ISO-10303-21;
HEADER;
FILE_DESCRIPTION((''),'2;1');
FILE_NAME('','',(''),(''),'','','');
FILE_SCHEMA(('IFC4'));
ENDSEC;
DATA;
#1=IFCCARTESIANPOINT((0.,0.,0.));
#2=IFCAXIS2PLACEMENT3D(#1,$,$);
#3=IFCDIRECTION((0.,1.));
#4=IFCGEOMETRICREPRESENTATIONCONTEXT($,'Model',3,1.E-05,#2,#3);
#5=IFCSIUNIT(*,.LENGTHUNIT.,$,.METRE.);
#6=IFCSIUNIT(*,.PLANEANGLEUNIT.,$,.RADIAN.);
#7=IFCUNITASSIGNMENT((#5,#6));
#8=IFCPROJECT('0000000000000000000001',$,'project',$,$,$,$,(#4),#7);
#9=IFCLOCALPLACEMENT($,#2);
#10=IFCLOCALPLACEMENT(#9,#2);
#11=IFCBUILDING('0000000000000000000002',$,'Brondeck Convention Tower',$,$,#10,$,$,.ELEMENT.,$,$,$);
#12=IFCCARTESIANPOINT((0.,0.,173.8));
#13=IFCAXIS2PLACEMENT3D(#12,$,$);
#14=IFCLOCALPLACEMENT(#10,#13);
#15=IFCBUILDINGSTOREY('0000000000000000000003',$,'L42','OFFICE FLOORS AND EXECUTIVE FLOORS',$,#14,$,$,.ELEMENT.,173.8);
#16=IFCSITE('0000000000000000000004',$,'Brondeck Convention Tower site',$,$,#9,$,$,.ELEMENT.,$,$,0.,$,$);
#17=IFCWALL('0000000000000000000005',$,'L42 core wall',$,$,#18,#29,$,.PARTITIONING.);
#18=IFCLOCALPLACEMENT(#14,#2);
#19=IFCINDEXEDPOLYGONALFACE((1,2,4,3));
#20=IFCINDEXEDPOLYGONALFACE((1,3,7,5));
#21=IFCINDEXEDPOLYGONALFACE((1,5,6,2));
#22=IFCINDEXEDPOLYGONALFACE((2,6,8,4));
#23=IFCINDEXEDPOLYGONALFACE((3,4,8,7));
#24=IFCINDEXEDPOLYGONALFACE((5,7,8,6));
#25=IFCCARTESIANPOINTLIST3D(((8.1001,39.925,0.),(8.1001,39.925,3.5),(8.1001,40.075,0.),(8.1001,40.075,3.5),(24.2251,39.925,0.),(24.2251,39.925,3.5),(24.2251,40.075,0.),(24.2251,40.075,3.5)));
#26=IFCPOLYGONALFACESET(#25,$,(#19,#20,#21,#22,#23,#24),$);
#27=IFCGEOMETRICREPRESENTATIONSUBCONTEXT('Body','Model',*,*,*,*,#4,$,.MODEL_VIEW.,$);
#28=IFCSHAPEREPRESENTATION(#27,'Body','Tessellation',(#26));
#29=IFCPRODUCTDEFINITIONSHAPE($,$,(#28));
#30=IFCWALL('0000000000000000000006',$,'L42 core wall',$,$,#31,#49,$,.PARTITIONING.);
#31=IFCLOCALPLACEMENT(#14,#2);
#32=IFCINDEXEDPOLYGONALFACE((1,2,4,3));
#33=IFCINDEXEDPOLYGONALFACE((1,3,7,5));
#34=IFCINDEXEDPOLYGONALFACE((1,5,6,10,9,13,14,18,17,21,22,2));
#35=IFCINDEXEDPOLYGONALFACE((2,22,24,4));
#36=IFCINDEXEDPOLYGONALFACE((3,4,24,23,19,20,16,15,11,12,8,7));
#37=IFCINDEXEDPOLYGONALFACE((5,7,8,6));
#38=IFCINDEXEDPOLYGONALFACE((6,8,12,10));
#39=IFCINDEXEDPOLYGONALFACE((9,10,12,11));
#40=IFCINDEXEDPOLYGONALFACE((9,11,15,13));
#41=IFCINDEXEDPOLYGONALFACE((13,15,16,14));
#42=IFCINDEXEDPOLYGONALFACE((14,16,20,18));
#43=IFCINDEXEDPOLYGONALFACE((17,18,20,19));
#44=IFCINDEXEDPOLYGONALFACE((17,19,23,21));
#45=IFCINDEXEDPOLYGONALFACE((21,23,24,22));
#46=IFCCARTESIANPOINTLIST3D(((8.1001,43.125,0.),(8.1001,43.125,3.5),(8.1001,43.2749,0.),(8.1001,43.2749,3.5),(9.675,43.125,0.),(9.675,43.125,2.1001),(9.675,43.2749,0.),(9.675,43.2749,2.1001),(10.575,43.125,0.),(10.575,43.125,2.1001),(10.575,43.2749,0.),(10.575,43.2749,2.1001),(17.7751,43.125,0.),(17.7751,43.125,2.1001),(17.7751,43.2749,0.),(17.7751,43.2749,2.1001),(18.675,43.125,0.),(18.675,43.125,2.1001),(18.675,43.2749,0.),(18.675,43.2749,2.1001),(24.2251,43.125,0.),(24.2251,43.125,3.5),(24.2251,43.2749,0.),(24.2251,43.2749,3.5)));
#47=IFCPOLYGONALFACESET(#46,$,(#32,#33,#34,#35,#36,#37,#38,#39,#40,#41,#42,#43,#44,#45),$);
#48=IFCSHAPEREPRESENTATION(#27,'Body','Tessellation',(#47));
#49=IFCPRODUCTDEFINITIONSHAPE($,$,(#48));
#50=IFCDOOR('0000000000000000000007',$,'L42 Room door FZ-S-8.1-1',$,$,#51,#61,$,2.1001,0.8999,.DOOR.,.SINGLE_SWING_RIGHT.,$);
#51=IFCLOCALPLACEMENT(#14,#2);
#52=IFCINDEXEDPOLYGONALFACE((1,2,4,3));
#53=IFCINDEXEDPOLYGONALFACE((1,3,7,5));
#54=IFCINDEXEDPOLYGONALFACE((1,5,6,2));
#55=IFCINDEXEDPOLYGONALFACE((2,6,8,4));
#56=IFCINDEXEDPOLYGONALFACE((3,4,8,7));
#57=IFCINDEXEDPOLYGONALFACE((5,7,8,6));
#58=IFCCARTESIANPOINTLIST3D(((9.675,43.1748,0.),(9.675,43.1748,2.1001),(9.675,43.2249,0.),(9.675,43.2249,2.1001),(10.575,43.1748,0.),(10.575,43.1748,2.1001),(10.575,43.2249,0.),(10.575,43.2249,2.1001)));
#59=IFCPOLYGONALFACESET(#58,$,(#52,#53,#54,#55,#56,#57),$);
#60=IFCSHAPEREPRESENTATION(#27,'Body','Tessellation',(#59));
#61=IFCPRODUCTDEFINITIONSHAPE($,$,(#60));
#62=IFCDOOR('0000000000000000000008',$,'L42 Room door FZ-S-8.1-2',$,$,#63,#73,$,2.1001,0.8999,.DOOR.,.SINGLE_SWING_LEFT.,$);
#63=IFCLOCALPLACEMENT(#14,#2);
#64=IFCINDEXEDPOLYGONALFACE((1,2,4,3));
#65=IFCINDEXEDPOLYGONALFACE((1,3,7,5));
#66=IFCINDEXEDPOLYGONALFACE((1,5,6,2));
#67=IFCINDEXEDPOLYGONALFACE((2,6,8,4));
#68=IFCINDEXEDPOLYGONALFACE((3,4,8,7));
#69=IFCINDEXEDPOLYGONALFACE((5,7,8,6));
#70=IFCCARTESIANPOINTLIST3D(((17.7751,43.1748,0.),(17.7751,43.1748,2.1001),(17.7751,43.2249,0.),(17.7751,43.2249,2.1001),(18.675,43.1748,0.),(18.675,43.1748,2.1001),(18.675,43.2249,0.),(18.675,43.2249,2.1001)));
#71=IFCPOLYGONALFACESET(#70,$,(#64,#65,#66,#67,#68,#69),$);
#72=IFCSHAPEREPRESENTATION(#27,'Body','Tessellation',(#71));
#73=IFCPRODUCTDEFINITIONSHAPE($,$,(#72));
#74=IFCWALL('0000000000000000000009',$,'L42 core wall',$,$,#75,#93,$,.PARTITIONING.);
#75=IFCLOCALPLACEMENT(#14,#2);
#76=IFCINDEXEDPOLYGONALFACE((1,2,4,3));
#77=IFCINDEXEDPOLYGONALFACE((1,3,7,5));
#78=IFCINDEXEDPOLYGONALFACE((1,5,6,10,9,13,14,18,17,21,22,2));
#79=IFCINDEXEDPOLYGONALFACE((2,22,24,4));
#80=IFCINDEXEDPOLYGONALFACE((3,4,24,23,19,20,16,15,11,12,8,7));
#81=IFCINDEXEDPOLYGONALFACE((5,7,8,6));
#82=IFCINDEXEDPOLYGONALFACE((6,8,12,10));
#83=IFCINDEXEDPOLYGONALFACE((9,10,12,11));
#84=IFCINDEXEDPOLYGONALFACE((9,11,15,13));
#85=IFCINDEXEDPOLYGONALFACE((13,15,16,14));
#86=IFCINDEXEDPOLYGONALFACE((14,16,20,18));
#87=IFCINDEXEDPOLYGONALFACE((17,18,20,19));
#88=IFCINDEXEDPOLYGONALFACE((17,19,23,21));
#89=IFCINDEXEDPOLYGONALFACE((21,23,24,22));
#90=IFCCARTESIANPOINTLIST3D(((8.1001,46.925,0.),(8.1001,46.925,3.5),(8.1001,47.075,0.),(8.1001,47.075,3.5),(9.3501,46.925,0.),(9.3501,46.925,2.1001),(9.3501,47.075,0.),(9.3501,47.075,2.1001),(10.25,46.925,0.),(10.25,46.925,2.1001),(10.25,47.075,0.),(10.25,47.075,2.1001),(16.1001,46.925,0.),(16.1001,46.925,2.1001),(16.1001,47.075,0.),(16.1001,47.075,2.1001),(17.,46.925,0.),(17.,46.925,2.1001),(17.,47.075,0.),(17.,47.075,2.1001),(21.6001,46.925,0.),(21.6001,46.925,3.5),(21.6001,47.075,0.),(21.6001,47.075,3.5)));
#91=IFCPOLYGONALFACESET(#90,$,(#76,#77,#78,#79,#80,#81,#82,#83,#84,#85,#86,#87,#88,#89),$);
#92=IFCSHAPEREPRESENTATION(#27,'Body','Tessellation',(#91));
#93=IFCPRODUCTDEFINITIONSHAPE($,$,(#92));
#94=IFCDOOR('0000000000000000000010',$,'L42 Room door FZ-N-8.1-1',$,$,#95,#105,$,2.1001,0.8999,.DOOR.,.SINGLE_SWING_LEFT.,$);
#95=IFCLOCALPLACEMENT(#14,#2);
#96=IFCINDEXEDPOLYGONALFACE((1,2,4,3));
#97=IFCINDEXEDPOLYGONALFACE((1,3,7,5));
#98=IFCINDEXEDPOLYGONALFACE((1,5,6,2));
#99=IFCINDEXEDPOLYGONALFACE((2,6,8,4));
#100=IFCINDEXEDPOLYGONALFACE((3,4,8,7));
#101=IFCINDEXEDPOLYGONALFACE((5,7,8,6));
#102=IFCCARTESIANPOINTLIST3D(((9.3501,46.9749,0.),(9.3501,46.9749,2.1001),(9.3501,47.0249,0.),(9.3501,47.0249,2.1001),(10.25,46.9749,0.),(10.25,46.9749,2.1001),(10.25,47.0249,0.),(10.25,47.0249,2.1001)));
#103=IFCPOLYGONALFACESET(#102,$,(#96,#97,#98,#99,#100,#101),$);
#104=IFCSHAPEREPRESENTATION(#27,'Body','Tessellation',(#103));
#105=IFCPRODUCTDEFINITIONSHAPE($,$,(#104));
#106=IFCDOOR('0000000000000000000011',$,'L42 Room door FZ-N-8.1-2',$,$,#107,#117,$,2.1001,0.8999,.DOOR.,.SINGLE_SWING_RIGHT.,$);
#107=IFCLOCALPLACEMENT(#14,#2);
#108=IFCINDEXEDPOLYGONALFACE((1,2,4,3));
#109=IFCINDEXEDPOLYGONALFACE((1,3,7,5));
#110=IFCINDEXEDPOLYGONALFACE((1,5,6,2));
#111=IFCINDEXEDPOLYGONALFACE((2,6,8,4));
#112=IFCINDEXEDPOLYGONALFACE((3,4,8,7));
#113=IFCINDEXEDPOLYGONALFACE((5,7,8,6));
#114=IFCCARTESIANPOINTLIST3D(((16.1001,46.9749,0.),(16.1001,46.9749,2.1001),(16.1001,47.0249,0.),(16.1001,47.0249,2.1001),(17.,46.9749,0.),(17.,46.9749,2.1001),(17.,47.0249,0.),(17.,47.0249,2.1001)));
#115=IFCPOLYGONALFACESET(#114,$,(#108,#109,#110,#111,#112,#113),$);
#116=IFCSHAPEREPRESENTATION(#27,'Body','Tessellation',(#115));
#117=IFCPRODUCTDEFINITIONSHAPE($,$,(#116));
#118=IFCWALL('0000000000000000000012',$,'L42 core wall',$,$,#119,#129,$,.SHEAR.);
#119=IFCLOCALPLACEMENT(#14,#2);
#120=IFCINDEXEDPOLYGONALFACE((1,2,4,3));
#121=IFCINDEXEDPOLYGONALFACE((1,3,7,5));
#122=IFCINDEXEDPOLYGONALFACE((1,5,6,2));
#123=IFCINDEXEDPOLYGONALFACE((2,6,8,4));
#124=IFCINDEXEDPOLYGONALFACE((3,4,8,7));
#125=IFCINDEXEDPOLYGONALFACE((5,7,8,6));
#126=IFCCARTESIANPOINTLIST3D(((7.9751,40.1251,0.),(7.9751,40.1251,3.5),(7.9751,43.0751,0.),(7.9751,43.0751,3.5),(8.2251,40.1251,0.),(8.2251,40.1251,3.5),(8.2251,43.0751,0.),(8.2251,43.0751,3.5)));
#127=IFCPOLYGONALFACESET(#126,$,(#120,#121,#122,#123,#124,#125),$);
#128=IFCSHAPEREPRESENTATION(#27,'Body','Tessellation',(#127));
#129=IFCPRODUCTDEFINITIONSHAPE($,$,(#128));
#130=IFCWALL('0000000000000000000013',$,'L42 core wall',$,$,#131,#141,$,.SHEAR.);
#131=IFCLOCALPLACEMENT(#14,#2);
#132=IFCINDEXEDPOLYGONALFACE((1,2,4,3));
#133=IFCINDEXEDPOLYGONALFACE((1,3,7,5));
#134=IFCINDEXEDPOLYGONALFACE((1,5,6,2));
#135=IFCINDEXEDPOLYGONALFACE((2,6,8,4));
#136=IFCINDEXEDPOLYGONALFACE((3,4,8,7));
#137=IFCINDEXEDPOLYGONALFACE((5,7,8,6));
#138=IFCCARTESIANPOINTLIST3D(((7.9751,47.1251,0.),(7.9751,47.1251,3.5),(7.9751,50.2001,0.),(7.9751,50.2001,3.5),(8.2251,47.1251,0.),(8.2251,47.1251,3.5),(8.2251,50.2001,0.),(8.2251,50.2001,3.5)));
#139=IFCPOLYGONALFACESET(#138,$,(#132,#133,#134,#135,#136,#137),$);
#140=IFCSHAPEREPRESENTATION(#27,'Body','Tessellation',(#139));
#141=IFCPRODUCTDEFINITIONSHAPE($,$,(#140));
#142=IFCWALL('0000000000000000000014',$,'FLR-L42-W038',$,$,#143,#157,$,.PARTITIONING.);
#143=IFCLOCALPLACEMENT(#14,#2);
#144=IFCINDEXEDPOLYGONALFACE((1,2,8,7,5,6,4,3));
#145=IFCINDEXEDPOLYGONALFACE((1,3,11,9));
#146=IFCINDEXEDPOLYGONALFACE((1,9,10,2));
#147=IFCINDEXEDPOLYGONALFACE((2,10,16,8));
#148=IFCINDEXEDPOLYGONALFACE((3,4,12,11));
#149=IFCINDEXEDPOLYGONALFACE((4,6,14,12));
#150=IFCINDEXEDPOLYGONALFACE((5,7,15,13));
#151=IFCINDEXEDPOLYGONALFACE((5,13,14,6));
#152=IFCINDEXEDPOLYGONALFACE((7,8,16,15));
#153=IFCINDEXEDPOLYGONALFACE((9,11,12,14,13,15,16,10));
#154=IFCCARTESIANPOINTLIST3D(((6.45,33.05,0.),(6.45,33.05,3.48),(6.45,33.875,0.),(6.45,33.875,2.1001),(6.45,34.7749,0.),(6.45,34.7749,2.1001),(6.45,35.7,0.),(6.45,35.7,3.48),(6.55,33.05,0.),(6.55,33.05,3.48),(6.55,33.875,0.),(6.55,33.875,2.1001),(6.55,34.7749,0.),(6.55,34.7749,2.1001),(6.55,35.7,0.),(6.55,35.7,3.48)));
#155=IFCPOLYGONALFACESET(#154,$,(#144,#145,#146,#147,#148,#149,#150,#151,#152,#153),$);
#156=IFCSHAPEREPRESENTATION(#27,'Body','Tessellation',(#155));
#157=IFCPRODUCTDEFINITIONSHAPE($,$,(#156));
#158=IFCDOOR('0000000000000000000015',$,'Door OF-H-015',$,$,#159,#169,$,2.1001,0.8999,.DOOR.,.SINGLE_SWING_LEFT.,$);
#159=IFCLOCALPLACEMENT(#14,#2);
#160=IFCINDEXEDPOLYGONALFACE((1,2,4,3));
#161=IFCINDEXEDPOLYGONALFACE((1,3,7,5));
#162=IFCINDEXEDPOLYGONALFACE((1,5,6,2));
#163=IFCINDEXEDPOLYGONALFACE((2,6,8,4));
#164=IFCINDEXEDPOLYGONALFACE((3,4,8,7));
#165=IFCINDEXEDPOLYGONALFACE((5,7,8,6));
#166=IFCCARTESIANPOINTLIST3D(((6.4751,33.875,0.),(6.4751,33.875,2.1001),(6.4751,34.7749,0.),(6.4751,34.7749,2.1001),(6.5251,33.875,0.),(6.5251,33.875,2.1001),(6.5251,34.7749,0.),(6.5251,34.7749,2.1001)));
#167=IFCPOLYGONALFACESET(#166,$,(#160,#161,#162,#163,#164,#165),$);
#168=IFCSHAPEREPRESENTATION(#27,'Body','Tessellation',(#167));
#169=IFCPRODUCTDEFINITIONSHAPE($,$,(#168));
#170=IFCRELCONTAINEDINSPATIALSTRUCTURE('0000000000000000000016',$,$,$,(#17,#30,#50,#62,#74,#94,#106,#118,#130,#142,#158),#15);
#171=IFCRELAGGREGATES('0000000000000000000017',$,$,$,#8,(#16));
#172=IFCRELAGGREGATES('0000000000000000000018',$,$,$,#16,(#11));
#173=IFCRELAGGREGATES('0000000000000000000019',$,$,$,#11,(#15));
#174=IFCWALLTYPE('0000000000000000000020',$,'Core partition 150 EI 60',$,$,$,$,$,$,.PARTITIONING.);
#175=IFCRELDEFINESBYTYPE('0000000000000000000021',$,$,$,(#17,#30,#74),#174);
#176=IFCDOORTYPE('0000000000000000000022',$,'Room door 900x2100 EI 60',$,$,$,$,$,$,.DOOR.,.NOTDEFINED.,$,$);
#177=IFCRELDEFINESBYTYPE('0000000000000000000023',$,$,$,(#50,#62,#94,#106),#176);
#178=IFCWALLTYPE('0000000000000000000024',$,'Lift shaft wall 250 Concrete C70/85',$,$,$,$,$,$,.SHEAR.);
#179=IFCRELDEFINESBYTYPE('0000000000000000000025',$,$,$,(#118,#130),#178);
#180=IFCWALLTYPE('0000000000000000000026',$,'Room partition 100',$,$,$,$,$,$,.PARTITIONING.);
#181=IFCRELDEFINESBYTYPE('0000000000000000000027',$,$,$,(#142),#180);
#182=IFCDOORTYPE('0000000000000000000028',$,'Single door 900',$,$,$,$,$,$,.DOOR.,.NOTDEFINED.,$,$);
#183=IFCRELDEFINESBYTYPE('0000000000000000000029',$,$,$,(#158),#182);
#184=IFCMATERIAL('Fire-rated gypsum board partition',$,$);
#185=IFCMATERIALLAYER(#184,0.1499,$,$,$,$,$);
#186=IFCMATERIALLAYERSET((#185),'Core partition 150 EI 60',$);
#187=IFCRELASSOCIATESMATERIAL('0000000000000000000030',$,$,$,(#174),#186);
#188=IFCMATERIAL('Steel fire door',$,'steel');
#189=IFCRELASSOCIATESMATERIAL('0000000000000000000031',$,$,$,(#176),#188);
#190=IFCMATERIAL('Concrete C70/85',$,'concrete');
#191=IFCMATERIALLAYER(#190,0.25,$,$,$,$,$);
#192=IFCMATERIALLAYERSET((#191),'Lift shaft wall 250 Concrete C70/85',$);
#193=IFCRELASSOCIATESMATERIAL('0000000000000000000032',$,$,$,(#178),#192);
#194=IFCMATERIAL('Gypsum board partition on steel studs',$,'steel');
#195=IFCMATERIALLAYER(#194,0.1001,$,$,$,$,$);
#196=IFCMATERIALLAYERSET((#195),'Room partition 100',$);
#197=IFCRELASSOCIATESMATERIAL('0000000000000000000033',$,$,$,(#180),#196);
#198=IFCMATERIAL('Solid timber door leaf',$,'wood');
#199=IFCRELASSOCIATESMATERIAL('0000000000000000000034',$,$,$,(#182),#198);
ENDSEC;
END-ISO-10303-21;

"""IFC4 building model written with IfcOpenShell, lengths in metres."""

from ifc_helpers import new_model, si_unit, direction, frame, frame_2d, origin, place, context, subcontext, project, spatial, rectangle, extrude, material, layer, layer_set, type_object, element, fill, save


model = new_model("IFC4")

# Units and contexts
model_context = context("Model", 3, precision=1e-05, world=origin(), true_north=direction((0.0, 1.0)))
body_context = subcontext(model_context, "Body", "Model", "MODEL_VIEW")
ifc_project = project(units=[si_unit("LENGTHUNIT", "METRE"), si_unit("PLANEANGLEUNIT", "RADIAN")], contexts=[model_context])

# Site, building, storey
site_placement = place(None, origin())
site = spatial("IfcSite", under=ifc_project, at=site_placement, Name="Brondeck Convention Tower site", CompositionType="ELEMENT", RefElevation=0.0)
building_placement = place(site_placement, origin())
building = spatial("IfcBuilding", under=site, at=building_placement, Name="Brondeck Convention Tower", CompositionType="ELEMENT")
storey_placement = place(building_placement, frame((0.0, 0.0, 173.8)))
storey = spatial("IfcBuildingStorey", under=building, at=storey_placement, Name="L42", Description="OFFICE FLOORS AND EXECUTIVE FLOORS", CompositionType="ELEMENT", Elevation=173.8)

# Wall
ifc_material_1 = material(Name="Fire-rated gypsum board partition")
ifc_layer_1 = layer(ifc_material_1, 0.1499)
ifc_layer_set_1 = layer_set([ifc_layer_1], Name="Core partition 150 EI 60")
wall_type_1 = type_object("IfcWallType", Name="Core partition 150 EI 60", PredefinedType="PARTITIONING", material=ifc_layer_set_1)
wall_1_placement = place(storey_placement, frame((8.1001, 40.0, 0.0), z_axis=(0.0, 0.0, 1.0), x_axis=(1.0, 0.0, 0.0)))
element("IfcWall", 1, at=wall_1_placement, inside=storey, type_object=wall_type_1, Name="L42 core wall", PredefinedType="PARTITIONING", context=body_context, shape_type="SweptSolid", body=[
    extrude(rectangle(XDim=16.125, YDim=0.1499, at=frame_2d((8.0625, 0.0))), origin(), (0.0, 0.0, 1.0), 3.5),
])

# Walls, openings, doors
wall_2_placement = place(storey_placement, frame((8.1001, 43.2, 0.0), z_axis=(0.0, 0.0, 1.0), x_axis=(1.0, 0.0, 0.0)))
wall_2 = element("IfcWall", 2, at=wall_2_placement, inside=storey, type_object=wall_type_1, Name="L42 core wall", PredefinedType="PARTITIONING", context=body_context, shape_type="SweptSolid", body=[
    extrude(rectangle(XDim=16.125, YDim=0.1499, at=frame_2d((8.0625, 0.0))), origin(), (0.0, 0.0, 1.0), 3.5),
])
opening_1_placement = place(wall_2_placement, frame((1.575, 0.0, 0.0)))
opening_1 = element("IfcOpeningElement", 3, at=opening_1_placement, cuts=wall_2, PredefinedType="OPENING", context=body_context, shape_type="SweptSolid", body=[
    extrude(rectangle(XDim=0.8999, YDim=2.1001, at=frame_2d((0.45, 1.05))), frame((0.0, 0.085, 0.0), z_axis=(0.0, -1.0, 0.0), x_axis=(1.0, 0.0, 0.0)), (0.0, 0.0, 1.0), 0.1699),
])
opening_2_placement = place(wall_2_placement, frame((9.675, 0.0, 0.0)))
opening_2 = element("IfcOpeningElement", 4, at=opening_2_placement, cuts=wall_2, PredefinedType="OPENING", context=body_context, shape_type="SweptSolid", body=[
    extrude(rectangle(XDim=0.8999, YDim=2.1001, at=frame_2d((0.45, 1.05))), frame((0.0, 0.085, 0.0), z_axis=(0.0, -1.0, 0.0), x_axis=(1.0, 0.0, 0.0)), (0.0, 0.0, 1.0), 0.1699),
])
ifc_material_2 = material(Name="Steel fire door", Category="steel")
door_type_1 = type_object("IfcDoorType", Name="Room door 900x2100 EI 60", OperationType="NOTDEFINED", PredefinedType="DOOR", material=ifc_material_2)
door_1_placement = place(opening_1_placement, origin())
door_1 = element("IfcDoor", 5, at=door_1_placement, inside=storey, type_object=door_type_1, Name="L42 Room door FZ-S-8.1-1", OperationType="SINGLE_SWING_RIGHT", OverallHeight=2.1001, OverallWidth=0.8999, PredefinedType="DOOR", context=body_context, shape_type="SweptSolid", body=[
    extrude(rectangle(XDim=0.8999, YDim=2.1001, at=frame_2d((0.45, 1.05))), frame((0.0, 0.0249, 0.0), z_axis=(0.0, -1.0, 0.0), x_axis=(1.0, 0.0, 0.0)), (0.0, 0.0, 1.0), 0.05),
])
fill(opening_1, door_1)
door_2_placement = place(opening_2_placement, origin())
door_2 = element("IfcDoor", 6, at=door_2_placement, inside=storey, type_object=door_type_1, Name="L42 Room door FZ-S-8.1-2", OperationType="SINGLE_SWING_LEFT", OverallHeight=2.1001, OverallWidth=0.8999, PredefinedType="DOOR", context=body_context, shape_type="SweptSolid", body=[
    extrude(rectangle(XDim=0.8999, YDim=2.1001, at=frame_2d((0.45, 1.05))), frame((0.0, 0.0249, 0.0), z_axis=(0.0, -1.0, 0.0), x_axis=(1.0, 0.0, 0.0)), (0.0, 0.0, 1.0), 0.05),
])
fill(opening_2, door_2)
wall_3_placement = place(storey_placement, frame((8.1001, 47.0, 0.0), z_axis=(0.0, 0.0, 1.0), x_axis=(1.0, 0.0, 0.0)))
wall_3 = element("IfcWall", 7, at=wall_3_placement, inside=storey, type_object=wall_type_1, Name="L42 core wall", PredefinedType="PARTITIONING", context=body_context, shape_type="SweptSolid", body=[
    extrude(rectangle(XDim=13.5, YDim=0.1499, at=frame_2d((6.75, 0.0))), origin(), (0.0, 0.0, 1.0), 3.5),
])
opening_3_placement = place(wall_3_placement, frame((1.25, 0.0, 0.0)))
opening_3 = element("IfcOpeningElement", 8, at=opening_3_placement, cuts=wall_3, PredefinedType="OPENING", context=body_context, shape_type="SweptSolid", body=[
    extrude(rectangle(XDim=0.8999, YDim=2.1001, at=frame_2d((0.45, 1.05))), frame((0.0, 0.085, 0.0), z_axis=(0.0, -1.0, 0.0), x_axis=(1.0, 0.0, 0.0)), (0.0, 0.0, 1.0), 0.1699),
])
opening_4_placement = place(wall_3_placement, frame((8.0, 0.0, 0.0)))
opening_4 = element("IfcOpeningElement", 9, at=opening_4_placement, cuts=wall_3, PredefinedType="OPENING", context=body_context, shape_type="SweptSolid", body=[
    extrude(rectangle(XDim=0.8999, YDim=2.1001, at=frame_2d((0.45, 1.05))), frame((0.0, 0.085, 0.0), z_axis=(0.0, -1.0, 0.0), x_axis=(1.0, 0.0, 0.0)), (0.0, 0.0, 1.0), 0.1699),
])
door_3_placement = place(opening_3_placement, origin())
door_3 = element("IfcDoor", 10, at=door_3_placement, inside=storey, type_object=door_type_1, Name="L42 Room door FZ-N-8.1-1", OperationType="SINGLE_SWING_LEFT", OverallHeight=2.1001, OverallWidth=0.8999, PredefinedType="DOOR", context=body_context, shape_type="SweptSolid", body=[
    extrude(rectangle(XDim=0.8999, YDim=2.1001, at=frame_2d((0.45, 1.05))), frame((0.0, 0.0249, 0.0), z_axis=(0.0, -1.0, 0.0), x_axis=(1.0, 0.0, 0.0)), (0.0, 0.0, 1.0), 0.05),
])
fill(opening_3, door_3)
door_4_placement = place(opening_4_placement, origin())
door_4 = element("IfcDoor", 11, at=door_4_placement, inside=storey, type_object=door_type_1, Name="L42 Room door FZ-N-8.1-2", OperationType="SINGLE_SWING_RIGHT", OverallHeight=2.1001, OverallWidth=0.8999, PredefinedType="DOOR", context=body_context, shape_type="SweptSolid", body=[
    extrude(rectangle(XDim=0.8999, YDim=2.1001, at=frame_2d((0.45, 1.05))), frame((0.0, 0.0249, 0.0), z_axis=(0.0, -1.0, 0.0), x_axis=(1.0, 0.0, 0.0)), (0.0, 0.0, 1.0), 0.05),
])
fill(opening_4, door_4)

# Walls
ifc_material_3 = material(Name="Concrete C70/85", Category="concrete")
ifc_layer_2 = layer(ifc_material_3, 0.25)
ifc_layer_set_2 = layer_set([ifc_layer_2], Name="Lift shaft wall 250 Concrete C70/85")
wall_type_2 = type_object("IfcWallType", Name="Lift shaft wall 250 Concrete C70/85", PredefinedType="SHEAR", material=ifc_layer_set_2)
wall_4_placement = place(storey_placement, frame((8.1001, 40.125, 0.0), z_axis=(0.0, 0.0, 1.0), x_axis=(0.0, 1.0, 0.0)))
element("IfcWall", 12, at=wall_4_placement, inside=storey, type_object=wall_type_2, Name="L42 core wall", PredefinedType="SHEAR", context=body_context, shape_type="SweptSolid", body=[
    extrude(rectangle(XDim=2.95, YDim=0.25, at=frame_2d((1.4751, 0.0))), origin(), (0.0, 0.0, 1.0), 3.5),
])
wall_5_placement = place(storey_placement, frame((8.1001, 47.125, 0.0), z_axis=(0.0, 0.0, 1.0), x_axis=(0.0, 1.0, 0.0)))
element("IfcWall", 13, at=wall_5_placement, inside=storey, type_object=wall_type_2, Name="L42 core wall", PredefinedType="SHEAR", context=body_context, shape_type="SweptSolid", body=[
    extrude(rectangle(XDim=3.075, YDim=0.25, at=frame_2d((1.5376, 0.0))), origin(), (0.0, 0.0, 1.0), 3.5),
])

# Wall, opening, door
ifc_material_4 = material(Name="Gypsum board partition on steel studs", Category="steel")
ifc_layer_3 = layer(ifc_material_4, 0.1001)
ifc_layer_set_3 = layer_set([ifc_layer_3], Name="Room partition 100")
wall_type_3 = type_object("IfcWallType", Name="Room partition 100", PredefinedType="PARTITIONING", material=ifc_layer_set_3)
wall_6_placement = place(storey_placement, frame((6.5, 33.05, 0.0), z_axis=(0.0, 0.0, 1.0), x_axis=(0.0, 1.0, 0.0)))
wall_6 = element("IfcWall", 14, at=wall_6_placement, inside=storey, type_object=wall_type_3, Name="FLR-L42-W038", PredefinedType="PARTITIONING", context=body_context, shape_type="SweptSolid", body=[
    extrude(rectangle(XDim=2.6499, YDim=0.1001, at=frame_2d((1.325, 0.0))), origin(), (0.0, 0.0, 1.0), 3.48),
])
opening_5_placement = place(wall_6_placement, frame((0.825, 0.0, 0.0)))
opening_5 = element("IfcOpeningElement", 15, at=opening_5_placement, cuts=wall_6, PredefinedType="OPENING", context=body_context, shape_type="SweptSolid", body=[
    extrude(rectangle(XDim=0.8999, YDim=2.1001, at=frame_2d((0.45, 1.05))), frame((0.0, 0.0601, 0.0), z_axis=(0.0, -1.0, 0.0), x_axis=(1.0, 0.0, 0.0)), (0.0, 0.0, 1.0), 0.1201),
])
ifc_material_5 = material(Name="Solid timber door leaf", Category="wood")
door_type_2 = type_object("IfcDoorType", Name="Single door 900", OperationType="NOTDEFINED", PredefinedType="DOOR", material=ifc_material_5)
door_5_placement = place(opening_5_placement, origin())
door_5 = element("IfcDoor", 16, at=door_5_placement, inside=storey, type_object=door_type_2, Name="Door OF-H-015", OperationType="SINGLE_SWING_LEFT", OverallHeight=2.1001, OverallWidth=0.8999, PredefinedType="DOOR", context=body_context, shape_type="SweptSolid", body=[
    extrude(rectangle(XDim=0.8999, YDim=2.1001, at=frame_2d((0.45, 1.05))), frame((0.0, 0.0249, 0.0), z_axis=(0.0, -1.0, 0.0), x_axis=(1.0, 0.0, 0.0)), (0.0, 0.0, 1.0), 0.05),
])
fill(opening_5, door_5)

save(model, "model.ifc")
